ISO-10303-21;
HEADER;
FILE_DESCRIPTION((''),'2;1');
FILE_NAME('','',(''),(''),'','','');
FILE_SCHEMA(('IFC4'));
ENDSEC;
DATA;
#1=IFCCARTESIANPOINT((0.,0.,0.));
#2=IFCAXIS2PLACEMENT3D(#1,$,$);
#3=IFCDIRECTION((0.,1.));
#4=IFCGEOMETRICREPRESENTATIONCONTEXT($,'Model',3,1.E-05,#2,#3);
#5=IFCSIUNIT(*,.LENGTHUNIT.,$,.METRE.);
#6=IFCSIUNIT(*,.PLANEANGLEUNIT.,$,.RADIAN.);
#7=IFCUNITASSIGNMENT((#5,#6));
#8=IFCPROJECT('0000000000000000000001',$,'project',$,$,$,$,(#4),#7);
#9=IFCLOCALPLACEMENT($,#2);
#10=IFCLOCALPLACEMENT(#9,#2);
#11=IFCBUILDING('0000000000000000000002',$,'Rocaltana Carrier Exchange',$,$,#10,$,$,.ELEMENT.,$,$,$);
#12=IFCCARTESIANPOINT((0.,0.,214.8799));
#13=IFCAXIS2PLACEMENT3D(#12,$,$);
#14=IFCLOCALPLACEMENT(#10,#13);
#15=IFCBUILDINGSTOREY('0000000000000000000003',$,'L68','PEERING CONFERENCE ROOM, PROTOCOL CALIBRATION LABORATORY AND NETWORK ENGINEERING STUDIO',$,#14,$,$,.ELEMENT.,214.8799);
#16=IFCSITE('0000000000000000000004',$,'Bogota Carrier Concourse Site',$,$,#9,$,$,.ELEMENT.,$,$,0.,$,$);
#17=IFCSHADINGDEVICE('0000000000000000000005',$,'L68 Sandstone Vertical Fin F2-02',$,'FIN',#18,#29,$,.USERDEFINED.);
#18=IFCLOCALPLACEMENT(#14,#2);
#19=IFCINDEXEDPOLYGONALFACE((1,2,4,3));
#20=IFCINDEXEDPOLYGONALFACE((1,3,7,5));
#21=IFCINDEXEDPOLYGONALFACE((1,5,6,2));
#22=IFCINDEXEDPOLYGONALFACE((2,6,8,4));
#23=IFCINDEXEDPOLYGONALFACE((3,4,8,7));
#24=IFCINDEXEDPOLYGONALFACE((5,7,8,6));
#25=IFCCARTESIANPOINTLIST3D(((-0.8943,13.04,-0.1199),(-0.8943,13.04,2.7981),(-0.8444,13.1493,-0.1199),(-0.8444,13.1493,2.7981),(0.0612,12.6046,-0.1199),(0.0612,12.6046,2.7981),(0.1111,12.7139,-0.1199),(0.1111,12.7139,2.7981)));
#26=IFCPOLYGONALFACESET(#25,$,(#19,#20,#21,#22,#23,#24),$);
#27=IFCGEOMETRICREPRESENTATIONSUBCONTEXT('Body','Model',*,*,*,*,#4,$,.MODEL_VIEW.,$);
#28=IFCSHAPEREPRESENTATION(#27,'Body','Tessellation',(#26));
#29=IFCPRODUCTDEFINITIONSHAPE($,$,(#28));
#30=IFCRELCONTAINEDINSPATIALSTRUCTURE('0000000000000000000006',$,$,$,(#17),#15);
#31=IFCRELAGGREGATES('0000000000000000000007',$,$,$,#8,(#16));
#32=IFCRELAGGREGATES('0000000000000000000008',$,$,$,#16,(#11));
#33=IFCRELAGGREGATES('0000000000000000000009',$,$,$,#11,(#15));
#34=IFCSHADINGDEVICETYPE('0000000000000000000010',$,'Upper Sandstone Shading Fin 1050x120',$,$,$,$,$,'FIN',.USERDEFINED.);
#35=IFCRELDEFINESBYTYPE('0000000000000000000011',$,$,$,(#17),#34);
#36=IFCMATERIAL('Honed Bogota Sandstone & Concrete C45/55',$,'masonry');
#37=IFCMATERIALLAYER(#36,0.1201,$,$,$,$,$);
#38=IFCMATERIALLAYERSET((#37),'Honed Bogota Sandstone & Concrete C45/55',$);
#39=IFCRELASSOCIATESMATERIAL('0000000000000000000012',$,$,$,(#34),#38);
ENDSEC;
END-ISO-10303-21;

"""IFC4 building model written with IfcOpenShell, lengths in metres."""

from ifc_helpers import new_model, si_unit, direction, frame, origin, origin_2d, place, context, subcontext, project, spatial, rectangle, extrude, material, layer, layer_set, type_object, element, save


model = new_model("IFC4")

# Units and contexts
model_context = context("Model", 3, precision=1e-05, world=origin(), true_north=direction((0.0, 1.0)))
body_context = subcontext(model_context, "Body", "Model", "MODEL_VIEW")
ifc_project = project(units=[si_unit("LENGTHUNIT", "METRE"), si_unit("PLANEANGLEUNIT", "RADIAN")], contexts=[model_context])

# Site, building, storey
site_placement = place(None, origin())
site = spatial("IfcSite", under=ifc_project, at=site_placement, Name="Bogota Carrier Concourse Site", CompositionType="ELEMENT", RefElevation=0.0)
building_placement = place(site_placement, origin())
building = spatial("IfcBuilding", under=site, at=building_placement, Name="Rocaltana Carrier Exchange", CompositionType="ELEMENT")
storey_placement = place(building_placement, frame((0.0, 0.0, 214.8799)))
storey = spatial("IfcBuildingStorey", under=building, at=storey_placement, Name="L68", Description="PEERING CONFERENCE ROOM, PROTOCOL CALIBRATION LABORATORY AND NETWORK ENGINEERING STUDIO", CompositionType="ELEMENT", Elevation=214.8799)

# Shading device
ifc_material_1 = material(Name="Honed Bogota Sandstone & Concrete C45/55", Category="masonry")
ifc_layer_1 = layer(ifc_material_1, 0.1201)
ifc_layer_set_1 = layer_set([ifc_layer_1], Name="Honed Bogota Sandstone & Concrete C45/55")
shading_device_type = type_object("IfcShadingDeviceType", Name="Upper Sandstone Shading Fin 1050x120", ElementType="FIN", PredefinedType="USERDEFINED", material=ifc_layer_set_1)
shading_device_placement = place(storey_placement, frame((-0.3916, 12.877, -0.1199), z_axis=(0.0, 0.0, 1.0), x_axis=(-0.909961, 0.414693, 0.0)))
element("IfcShadingDevice", 1, at=shading_device_placement, inside=storey, type_object=shading_device_type, Name="L68 Sandstone Vertical Fin F2-02", ObjectType="FIN", PredefinedType="USERDEFINED", context=body_context, shape_type="SweptSolid", body=[
    extrude(rectangle(XDim=1.05, YDim=0.1201, at=origin_2d()), origin(), (0.0, 0.0, 1.0), 2.918),
])

save(model, "model.ifc")
